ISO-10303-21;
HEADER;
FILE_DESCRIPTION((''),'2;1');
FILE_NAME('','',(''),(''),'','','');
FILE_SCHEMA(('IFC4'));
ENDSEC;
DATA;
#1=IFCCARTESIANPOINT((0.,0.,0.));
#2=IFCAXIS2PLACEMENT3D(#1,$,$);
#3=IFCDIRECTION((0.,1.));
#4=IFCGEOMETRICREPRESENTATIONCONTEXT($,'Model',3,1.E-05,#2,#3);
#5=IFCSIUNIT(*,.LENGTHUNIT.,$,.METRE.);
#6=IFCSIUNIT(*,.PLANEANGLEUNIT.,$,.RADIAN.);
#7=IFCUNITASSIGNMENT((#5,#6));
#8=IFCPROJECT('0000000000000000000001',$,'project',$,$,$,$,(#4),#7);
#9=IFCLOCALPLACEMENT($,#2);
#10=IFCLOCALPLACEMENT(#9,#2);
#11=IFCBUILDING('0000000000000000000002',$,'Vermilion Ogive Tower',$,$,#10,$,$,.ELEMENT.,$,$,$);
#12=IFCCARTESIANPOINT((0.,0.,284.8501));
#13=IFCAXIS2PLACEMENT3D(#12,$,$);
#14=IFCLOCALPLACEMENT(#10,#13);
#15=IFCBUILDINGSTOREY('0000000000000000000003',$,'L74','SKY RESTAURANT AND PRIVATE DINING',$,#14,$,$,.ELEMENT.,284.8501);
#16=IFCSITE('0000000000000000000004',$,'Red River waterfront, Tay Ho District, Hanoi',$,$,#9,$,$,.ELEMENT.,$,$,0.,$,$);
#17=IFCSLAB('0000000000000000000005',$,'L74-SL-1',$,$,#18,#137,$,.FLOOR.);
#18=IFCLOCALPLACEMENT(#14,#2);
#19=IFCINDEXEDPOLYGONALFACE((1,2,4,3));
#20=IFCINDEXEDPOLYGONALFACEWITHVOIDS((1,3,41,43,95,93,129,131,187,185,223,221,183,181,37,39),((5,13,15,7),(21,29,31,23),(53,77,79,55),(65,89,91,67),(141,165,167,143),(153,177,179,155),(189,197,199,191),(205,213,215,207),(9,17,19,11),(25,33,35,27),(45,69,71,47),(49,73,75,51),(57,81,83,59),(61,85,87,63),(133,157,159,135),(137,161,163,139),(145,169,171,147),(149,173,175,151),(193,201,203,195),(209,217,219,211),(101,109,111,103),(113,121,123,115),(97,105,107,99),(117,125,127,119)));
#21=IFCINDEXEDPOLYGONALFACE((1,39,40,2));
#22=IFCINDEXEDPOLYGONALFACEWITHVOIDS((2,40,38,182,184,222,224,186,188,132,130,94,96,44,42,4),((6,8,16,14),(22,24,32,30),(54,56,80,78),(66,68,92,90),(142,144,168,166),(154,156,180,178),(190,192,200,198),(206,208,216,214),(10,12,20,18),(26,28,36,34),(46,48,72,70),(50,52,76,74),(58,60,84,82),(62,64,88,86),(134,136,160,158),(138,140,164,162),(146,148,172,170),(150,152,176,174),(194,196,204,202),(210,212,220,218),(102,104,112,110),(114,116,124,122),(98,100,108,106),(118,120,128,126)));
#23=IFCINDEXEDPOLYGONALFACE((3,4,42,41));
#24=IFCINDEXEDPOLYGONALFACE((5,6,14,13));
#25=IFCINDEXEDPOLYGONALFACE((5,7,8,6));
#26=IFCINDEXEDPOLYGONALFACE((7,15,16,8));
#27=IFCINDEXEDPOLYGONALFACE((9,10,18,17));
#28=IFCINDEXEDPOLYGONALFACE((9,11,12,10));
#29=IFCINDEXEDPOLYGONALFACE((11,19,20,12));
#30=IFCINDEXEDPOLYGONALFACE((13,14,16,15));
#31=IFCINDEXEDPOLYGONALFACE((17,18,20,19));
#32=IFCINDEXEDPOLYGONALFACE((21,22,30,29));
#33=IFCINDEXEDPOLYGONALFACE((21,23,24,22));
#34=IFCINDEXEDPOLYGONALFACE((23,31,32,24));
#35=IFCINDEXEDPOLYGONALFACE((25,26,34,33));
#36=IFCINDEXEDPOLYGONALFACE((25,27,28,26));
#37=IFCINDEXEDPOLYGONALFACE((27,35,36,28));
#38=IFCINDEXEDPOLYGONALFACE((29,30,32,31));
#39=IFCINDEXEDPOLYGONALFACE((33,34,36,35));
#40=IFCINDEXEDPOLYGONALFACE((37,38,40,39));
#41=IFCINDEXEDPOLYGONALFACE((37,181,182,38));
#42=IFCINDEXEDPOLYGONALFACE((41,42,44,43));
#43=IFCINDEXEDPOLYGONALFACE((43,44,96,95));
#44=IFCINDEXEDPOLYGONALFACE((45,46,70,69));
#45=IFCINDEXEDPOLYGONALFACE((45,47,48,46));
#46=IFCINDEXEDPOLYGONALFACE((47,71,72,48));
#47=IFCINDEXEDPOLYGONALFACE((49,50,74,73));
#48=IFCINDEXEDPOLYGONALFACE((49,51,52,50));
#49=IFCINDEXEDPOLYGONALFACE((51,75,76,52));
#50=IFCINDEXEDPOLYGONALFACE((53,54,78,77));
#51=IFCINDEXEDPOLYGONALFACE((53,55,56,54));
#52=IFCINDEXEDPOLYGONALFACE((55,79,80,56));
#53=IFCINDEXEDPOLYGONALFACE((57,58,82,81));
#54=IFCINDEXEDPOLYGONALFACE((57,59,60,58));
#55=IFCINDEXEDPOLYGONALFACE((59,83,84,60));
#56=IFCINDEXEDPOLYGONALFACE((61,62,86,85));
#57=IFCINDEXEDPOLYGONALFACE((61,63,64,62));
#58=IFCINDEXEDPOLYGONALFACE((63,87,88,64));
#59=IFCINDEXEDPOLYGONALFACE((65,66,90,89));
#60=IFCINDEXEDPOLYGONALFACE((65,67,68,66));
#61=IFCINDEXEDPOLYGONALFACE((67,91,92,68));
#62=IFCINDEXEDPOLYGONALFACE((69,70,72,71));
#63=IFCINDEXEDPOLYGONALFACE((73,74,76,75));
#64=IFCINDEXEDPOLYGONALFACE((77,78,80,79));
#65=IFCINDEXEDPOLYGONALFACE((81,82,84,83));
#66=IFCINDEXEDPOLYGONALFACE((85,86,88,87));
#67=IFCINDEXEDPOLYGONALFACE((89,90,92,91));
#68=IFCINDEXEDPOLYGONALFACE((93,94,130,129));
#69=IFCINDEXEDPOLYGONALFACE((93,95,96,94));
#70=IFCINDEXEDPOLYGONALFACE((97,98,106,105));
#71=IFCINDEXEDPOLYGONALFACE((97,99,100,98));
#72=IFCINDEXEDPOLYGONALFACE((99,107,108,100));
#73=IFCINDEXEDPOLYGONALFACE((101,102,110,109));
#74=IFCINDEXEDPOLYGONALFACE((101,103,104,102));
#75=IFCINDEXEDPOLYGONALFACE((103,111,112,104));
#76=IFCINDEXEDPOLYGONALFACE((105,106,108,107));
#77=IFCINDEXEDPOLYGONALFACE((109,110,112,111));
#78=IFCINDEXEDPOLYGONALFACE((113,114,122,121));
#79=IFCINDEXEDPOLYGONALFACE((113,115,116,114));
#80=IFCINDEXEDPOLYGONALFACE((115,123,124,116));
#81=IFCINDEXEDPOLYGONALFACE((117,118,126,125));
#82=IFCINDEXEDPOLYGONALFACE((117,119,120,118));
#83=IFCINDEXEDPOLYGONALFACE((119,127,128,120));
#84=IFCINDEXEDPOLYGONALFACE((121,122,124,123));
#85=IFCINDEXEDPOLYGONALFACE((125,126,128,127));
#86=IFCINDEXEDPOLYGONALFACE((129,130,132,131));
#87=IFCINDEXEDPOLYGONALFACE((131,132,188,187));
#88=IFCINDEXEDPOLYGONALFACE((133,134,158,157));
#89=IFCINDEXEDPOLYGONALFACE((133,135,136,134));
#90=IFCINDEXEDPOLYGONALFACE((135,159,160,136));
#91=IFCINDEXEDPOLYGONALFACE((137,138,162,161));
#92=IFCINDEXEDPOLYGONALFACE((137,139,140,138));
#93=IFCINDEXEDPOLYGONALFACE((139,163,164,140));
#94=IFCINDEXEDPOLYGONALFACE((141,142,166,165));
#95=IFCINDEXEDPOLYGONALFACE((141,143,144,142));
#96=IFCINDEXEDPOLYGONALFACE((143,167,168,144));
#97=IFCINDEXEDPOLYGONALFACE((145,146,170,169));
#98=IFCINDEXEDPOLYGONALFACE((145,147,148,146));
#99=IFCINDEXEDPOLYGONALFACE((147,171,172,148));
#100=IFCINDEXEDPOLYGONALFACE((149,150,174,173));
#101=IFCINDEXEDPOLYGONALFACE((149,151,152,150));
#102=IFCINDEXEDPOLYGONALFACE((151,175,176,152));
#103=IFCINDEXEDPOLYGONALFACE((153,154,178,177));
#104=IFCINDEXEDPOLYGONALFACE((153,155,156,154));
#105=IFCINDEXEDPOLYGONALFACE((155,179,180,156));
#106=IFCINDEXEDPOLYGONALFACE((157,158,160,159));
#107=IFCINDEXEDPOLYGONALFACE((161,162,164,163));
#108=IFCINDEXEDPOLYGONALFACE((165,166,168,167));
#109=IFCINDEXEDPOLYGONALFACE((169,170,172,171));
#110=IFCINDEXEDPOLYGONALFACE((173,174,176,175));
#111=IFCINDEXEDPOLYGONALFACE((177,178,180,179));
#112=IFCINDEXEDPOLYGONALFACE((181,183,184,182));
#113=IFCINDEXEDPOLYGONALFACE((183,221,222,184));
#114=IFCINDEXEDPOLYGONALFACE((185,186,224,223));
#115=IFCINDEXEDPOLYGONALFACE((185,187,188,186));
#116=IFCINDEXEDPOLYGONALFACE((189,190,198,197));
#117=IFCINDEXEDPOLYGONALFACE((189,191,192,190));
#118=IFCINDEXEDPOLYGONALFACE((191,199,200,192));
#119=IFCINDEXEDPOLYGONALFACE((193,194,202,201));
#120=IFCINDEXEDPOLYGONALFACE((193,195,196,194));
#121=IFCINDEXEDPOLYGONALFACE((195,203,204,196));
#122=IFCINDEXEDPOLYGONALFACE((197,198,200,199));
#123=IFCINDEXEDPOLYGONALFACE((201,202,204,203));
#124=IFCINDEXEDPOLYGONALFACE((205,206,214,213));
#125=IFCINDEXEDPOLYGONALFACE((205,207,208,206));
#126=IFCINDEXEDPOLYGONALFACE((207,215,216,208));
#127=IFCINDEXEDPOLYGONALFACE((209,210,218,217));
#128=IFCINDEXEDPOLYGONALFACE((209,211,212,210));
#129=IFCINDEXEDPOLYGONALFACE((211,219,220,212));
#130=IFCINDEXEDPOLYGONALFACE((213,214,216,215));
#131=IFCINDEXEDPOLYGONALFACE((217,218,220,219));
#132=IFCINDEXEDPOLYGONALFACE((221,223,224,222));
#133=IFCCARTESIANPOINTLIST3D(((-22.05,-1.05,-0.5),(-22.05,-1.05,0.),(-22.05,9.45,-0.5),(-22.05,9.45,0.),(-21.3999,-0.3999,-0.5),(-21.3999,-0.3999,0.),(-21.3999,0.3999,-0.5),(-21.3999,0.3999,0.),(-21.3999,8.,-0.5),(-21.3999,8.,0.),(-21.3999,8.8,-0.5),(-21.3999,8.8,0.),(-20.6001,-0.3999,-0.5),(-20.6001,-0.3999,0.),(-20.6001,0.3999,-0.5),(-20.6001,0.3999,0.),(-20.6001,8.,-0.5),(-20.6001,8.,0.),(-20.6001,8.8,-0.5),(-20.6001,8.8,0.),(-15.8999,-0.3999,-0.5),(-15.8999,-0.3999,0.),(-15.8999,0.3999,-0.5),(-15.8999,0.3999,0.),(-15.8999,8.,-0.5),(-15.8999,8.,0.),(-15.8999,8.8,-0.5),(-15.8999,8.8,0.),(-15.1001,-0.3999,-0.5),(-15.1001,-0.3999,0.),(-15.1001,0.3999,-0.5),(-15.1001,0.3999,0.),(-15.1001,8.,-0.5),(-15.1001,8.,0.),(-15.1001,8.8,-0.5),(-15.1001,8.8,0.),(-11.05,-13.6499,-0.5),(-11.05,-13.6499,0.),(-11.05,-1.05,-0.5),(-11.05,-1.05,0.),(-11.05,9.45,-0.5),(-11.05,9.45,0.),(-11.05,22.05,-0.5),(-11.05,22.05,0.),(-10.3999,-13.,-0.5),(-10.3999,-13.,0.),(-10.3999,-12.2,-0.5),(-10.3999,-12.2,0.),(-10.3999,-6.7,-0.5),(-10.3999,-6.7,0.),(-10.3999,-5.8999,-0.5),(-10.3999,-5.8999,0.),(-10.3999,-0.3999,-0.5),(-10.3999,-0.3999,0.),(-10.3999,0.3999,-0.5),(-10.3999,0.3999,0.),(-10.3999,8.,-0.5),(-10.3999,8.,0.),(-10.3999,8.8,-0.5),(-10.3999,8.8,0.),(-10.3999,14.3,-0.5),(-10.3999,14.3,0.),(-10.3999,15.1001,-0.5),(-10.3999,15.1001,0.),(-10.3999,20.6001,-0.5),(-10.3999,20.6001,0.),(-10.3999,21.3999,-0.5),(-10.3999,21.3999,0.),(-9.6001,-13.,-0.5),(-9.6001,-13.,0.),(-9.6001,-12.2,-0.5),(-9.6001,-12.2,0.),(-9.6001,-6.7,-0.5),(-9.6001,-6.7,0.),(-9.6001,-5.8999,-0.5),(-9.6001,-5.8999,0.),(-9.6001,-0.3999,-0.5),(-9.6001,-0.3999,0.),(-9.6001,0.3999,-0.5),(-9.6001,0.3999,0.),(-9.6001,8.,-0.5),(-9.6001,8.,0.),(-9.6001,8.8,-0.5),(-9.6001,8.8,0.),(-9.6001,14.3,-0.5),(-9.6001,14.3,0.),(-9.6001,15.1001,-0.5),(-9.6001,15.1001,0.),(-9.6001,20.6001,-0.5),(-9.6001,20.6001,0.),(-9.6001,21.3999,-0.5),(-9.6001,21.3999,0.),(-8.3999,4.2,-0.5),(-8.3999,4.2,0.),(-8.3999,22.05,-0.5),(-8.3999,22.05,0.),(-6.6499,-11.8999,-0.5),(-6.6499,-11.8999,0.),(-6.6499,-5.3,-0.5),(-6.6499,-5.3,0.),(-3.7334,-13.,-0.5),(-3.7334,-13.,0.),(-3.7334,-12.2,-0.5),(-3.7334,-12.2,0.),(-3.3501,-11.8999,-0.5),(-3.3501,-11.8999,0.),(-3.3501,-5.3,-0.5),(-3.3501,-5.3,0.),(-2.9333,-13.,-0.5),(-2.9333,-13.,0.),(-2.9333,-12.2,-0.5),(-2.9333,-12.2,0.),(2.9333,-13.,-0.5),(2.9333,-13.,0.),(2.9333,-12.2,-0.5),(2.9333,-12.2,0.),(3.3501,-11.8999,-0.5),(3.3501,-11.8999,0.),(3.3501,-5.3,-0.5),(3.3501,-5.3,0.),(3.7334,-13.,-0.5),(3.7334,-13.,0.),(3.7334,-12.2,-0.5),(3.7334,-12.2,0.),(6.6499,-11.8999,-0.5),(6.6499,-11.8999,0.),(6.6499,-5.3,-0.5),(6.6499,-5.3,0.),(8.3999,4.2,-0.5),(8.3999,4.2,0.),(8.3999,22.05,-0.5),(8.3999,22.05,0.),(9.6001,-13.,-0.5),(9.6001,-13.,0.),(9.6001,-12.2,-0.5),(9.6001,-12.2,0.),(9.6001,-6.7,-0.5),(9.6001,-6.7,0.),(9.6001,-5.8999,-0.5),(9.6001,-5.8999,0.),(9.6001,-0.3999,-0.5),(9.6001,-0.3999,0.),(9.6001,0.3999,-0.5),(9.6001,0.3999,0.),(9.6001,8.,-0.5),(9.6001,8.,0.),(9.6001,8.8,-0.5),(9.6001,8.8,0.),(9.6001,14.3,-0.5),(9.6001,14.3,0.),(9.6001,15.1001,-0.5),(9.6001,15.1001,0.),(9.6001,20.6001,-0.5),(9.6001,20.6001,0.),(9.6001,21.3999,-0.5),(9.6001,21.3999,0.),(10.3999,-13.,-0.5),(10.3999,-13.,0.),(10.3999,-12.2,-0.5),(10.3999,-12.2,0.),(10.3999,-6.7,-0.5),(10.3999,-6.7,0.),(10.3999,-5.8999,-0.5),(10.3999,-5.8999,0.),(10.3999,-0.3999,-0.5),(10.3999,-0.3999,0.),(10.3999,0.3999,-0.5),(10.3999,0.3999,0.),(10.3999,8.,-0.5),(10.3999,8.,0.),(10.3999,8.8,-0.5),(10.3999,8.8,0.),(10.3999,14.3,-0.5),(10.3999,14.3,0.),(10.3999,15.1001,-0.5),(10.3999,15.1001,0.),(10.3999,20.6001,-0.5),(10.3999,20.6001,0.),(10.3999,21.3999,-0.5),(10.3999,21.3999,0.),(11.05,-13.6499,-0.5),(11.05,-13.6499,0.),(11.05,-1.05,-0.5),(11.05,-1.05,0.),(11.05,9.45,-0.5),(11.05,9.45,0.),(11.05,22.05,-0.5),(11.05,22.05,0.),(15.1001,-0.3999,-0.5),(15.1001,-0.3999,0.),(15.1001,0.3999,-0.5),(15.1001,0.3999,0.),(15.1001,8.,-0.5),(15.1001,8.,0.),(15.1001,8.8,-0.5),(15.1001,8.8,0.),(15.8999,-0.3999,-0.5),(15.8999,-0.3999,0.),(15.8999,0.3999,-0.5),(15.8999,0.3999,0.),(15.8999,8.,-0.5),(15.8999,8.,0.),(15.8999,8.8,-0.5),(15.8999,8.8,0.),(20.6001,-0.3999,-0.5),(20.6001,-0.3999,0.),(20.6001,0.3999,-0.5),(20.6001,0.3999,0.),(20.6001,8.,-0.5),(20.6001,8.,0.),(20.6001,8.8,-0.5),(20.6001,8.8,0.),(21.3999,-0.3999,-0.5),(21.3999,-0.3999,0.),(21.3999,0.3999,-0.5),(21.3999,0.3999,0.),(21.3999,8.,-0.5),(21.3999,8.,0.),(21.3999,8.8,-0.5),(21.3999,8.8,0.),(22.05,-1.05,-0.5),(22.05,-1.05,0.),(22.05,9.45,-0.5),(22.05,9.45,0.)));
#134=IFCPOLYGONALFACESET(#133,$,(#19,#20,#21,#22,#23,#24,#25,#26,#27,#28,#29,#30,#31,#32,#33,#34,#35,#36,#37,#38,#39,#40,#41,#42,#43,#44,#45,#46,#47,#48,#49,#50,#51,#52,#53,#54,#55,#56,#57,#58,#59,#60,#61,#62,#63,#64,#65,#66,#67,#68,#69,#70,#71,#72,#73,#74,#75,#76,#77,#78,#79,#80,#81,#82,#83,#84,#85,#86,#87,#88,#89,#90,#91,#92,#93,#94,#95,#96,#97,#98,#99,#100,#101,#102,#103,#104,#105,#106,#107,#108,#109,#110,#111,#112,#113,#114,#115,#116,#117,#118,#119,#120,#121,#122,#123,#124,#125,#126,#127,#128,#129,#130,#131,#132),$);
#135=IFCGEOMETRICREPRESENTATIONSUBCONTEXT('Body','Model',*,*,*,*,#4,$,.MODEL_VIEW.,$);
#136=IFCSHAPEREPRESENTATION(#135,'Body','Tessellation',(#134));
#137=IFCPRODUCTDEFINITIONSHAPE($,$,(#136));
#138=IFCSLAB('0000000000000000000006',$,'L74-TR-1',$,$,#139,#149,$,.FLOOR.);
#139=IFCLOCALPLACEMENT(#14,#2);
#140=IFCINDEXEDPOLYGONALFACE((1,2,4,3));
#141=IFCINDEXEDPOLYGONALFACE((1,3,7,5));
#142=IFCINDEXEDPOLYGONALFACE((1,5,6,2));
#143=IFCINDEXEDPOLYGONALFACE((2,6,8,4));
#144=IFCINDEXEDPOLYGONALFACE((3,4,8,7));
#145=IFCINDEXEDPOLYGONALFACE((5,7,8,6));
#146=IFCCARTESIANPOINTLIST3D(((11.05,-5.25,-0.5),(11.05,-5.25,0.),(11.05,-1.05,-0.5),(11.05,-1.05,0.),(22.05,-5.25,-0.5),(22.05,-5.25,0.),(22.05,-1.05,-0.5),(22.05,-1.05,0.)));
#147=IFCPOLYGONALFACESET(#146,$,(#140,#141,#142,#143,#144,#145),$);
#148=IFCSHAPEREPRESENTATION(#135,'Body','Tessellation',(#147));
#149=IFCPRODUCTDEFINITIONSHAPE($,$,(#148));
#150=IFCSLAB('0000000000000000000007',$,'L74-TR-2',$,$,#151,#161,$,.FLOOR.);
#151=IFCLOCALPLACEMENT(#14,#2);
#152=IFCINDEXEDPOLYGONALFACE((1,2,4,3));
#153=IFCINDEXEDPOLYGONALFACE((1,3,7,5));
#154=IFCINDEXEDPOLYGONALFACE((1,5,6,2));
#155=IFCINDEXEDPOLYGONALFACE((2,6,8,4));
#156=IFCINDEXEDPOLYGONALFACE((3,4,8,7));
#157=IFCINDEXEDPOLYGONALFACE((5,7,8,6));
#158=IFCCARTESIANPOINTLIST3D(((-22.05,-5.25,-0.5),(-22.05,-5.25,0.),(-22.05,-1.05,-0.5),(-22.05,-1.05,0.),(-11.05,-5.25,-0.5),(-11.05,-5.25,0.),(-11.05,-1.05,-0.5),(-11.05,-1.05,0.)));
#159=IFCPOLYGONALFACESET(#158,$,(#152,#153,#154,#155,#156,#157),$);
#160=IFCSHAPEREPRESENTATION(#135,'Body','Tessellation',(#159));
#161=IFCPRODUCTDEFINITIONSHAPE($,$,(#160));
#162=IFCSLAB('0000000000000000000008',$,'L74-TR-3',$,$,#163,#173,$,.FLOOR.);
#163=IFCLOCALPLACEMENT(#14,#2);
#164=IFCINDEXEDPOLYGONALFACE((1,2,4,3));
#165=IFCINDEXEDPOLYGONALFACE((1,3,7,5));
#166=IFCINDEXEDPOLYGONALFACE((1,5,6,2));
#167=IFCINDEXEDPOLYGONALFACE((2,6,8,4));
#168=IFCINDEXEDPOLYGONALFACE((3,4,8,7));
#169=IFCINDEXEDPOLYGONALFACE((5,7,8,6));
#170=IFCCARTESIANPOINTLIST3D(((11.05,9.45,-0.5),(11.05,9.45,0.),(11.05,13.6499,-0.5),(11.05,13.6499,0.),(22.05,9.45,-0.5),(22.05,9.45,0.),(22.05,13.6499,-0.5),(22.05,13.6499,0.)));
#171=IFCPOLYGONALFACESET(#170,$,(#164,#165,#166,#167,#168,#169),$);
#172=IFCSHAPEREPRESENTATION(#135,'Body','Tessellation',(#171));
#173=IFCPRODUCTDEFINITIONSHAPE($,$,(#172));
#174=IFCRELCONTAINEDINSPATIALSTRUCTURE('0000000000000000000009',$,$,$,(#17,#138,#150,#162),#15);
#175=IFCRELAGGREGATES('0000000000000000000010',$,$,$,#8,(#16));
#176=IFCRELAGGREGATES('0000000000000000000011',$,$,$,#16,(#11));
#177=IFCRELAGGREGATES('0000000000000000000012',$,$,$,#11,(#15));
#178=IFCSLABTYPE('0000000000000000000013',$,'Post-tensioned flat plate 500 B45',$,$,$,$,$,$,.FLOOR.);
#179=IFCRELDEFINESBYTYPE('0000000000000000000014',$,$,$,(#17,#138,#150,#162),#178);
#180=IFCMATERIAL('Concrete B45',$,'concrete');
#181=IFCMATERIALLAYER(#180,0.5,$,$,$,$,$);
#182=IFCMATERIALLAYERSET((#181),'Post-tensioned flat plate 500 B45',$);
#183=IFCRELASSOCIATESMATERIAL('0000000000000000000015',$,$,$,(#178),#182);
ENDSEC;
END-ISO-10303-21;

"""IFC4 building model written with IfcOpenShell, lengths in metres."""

from ifc_helpers import new_model, si_unit, direction, frame, origin, place, context, subcontext, project, spatial, polyline, outline, extrude, material, layer, layer_set, type_object, element, save


model = new_model("IFC4")

# Units and contexts
model_context = context("Model", 3, precision=1e-05, world=origin(), true_north=direction((0.0, 1.0)))
body_context = subcontext(model_context, "Body", "Model", "MODEL_VIEW")
ifc_project = project(units=[si_unit("LENGTHUNIT", "METRE"), si_unit("PLANEANGLEUNIT", "RADIAN")], contexts=[model_context])

# Site, building, storey
site_placement = place(None, origin())
site = spatial("IfcSite", under=ifc_project, at=site_placement, Name="Red River waterfront, Tay Ho District, Hanoi", CompositionType="ELEMENT", RefElevation=0.0)
building_placement = place(site_placement, origin())
building = spatial("IfcBuilding", under=site, at=building_placement, Name="Vermilion Ogive Tower", CompositionType="ELEMENT")
storey_placement = place(building_placement, frame((0.0, 0.0, 284.8501)))
storey = spatial("IfcBuildingStorey", under=building, at=storey_placement, Name="L74", Description="SKY RESTAURANT AND PRIVATE DINING", CompositionType="ELEMENT", Elevation=284.8501)

# Slabs
ifc_material_1 = material(Name="Concrete B45", Category="concrete")
ifc_layer_1 = layer(ifc_material_1, 0.5)
ifc_layer_set_1 = layer_set([ifc_layer_1], Name="Post-tensioned flat plate 500 B45")
slab_type = type_object("IfcSlabType", Name="Post-tensioned flat plate 500 B45", PredefinedType="FLOOR", material=ifc_layer_set_1)
slab_1_placement = place(storey_placement, frame((0.0, 0.0, -0.5)))
element("IfcSlab", 1, at=slab_1_placement, inside=storey, type_object=slab_type, Name="L74-SL-1", PredefinedType="FLOOR", context=body_context, shape_type="SweptSolid", body=[
    extrude(outline(polyline([(-11.05, -1.05), (-22.05, -1.05), (-22.05, 9.45), (-11.05, 9.45), (-11.05, 22.05), (-8.3999, 22.05), (-8.3999, 4.2), (8.3999, 4.2), (8.3999, 22.05), (11.05, 22.05), (11.05, 9.45), (22.05, 9.45), (22.05, -1.05), (11.05, -1.05), (11.05, -13.6499), (-11.05, -13.6499), (-11.05, -1.05)]), holes=[polyline([(21.3999, 8.0), (21.3999, 8.8), (20.6001, 8.8), (20.6001, 8.0), (21.3999, 8.0)]), polyline([(21.3999, -0.3999), (21.3999, 0.3999), (20.6001, 0.3999), (20.6001, -0.3999), (21.3999, -0.3999)]), polyline([(15.8999, 8.0), (15.8999, 8.8), (15.1001, 8.8), (15.1001, 8.0), (15.8999, 8.0)]), polyline([(15.8999, -0.3999), (15.8999, 0.3999), (15.1001, 0.3999), (15.1001, -0.3999), (15.8999, -0.3999)]), polyline([(10.3999, 20.6001), (10.3999, 21.3999), (9.6001, 21.3999), (9.6001, 20.6001), (10.3999, 20.6001)]), polyline([(10.3999, 14.3), (10.3999, 15.1001), (9.6001, 15.1001), (9.6001, 14.3), (10.3999, 14.3)]), polyline([(10.3999, 8.0), (10.3999, 8.8), (9.6001, 8.8), (9.6001, 8.0), (10.3999, 8.0)]), polyline([(10.3999, -0.3999), (10.3999, 0.3999), (9.6001, 0.3999), (9.6001, -0.3999), (10.3999, -0.3999)]), polyline([(10.3999, -6.7), (10.3999, -5.8999), (9.6001, -5.8999), (9.6001, -6.7), (10.3999, -6.7)]), polyline([(10.3999, -13.0), (10.3999, -12.2), (9.6001, -12.2), (9.6001, -13.0), (10.3999, -13.0)]), polyline([(6.6499, -11.8999), (6.6499, -5.3), (3.3501, -5.3), (3.3501, -11.8999), (6.6499, -11.8999)]), polyline([(3.7334, -13.0), (3.7334, -12.2), (2.9333, -12.2), (2.9333, -13.0), (3.7334, -13.0)]), polyline([(-2.9333, -13.0), (-2.9333, -12.2), (-3.7334, -12.2), (-3.7334, -13.0), (-2.9333, -13.0)]), polyline([(-3.3501, -11.8999), (-3.3501, -5.3), (-6.6499, -5.3), (-6.6499, -11.8999), (-3.3501, -11.8999)]), polyline([(-9.6001, 20.6001), (-9.6001, 21.3999), (-10.3999, 21.3999), (-10.3999, 20.6001), (-9.6001, 20.6001)]), polyline([(-9.6001, 14.3), (-9.6001, 15.1001), (-10.3999, 15.1001), (-10.3999, 14.3), (-9.6001, 14.3)]), polyline([(-9.6001, 8.0), (-9.6001, 8.8), (-10.3999, 8.8), (-10.3999, 8.0), (-9.6001, 8.0)]), polyline([(-9.6001, -0.3999), (-9.6001, 0.3999), (-10.3999, 0.3999), (-10.3999, -0.3999), (-9.6001, -0.3999)]), polyline([(-9.6001, -6.7), (-9.6001, -5.8999), (-10.3999, -5.8999), (-10.3999, -6.7), (-9.6001, -6.7)]), polyline([(-9.6001, -12.2), (-10.3999, -12.2), (-10.3999, -13.0), (-9.6001, -13.0), (-9.6001, -12.2)]), polyline([(-15.1001, 8.0), (-15.1001, 8.8), (-15.8999, 8.8), (-15.8999, 8.0), (-15.1001, 8.0)]), polyline([(-15.1001, -0.3999), (-15.1001, 0.3999), (-15.8999, 0.3999), (-15.8999, -0.3999), (-15.1001, -0.3999)]), polyline([(-20.6001, -0.3999), (-20.6001, 0.3999), (-21.3999, 0.3999), (-21.3999, -0.3999), (-20.6001, -0.3999)]), polyline([(-20.6001, 8.8), (-21.3999, 8.8), (-21.3999, 8.0), (-20.6001, 8.0), (-20.6001, 8.8)])]), origin(), (0.0, 0.0, 1.0), 0.5),
])
slab_2_placement = place(storey_placement, frame((0.0, 0.0, -0.5)))
element("IfcSlab", 2, at=slab_2_placement, inside=storey, type_object=slab_type, Name="L74-TR-1", PredefinedType="FLOOR", context=body_context, shape_type="SweptSolid", body=[
    extrude(outline(polyline([(11.05, -5.25), (11.05, -1.05), (22.05, -1.05), (22.05, -5.25), (11.05, -5.25)])), origin(), (0.0, 0.0, 1.0), 0.5),
])
slab_3_placement = place(storey_placement, frame((0.0, 0.0, -0.5)))
element("IfcSlab", 3, at=slab_3_placement, inside=storey, type_object=slab_type, Name="L74-TR-2", PredefinedType="FLOOR", context=body_context, shape_type="SweptSolid", body=[
    extrude(outline(polyline([(-22.05, -1.05), (-11.05, -1.05), (-11.05, -5.25), (-22.05, -5.25), (-22.05, -1.05)])), origin(), (0.0, 0.0, 1.0), 0.5),
])
slab_4_placement = place(storey_placement, frame((0.0, 0.0, -0.5)))
element("IfcSlab", 4, at=slab_4_placement, inside=storey, type_object=slab_type, Name="L74-TR-3", PredefinedType="FLOOR", context=body_context, shape_type="SweptSolid", body=[
    extrude(outline(polyline([(22.05, 9.45), (11.05, 9.45), (11.05, 13.6499), (22.05, 13.6499), (22.05, 9.45)])), origin(), (0.0, 0.0, 1.0), 0.5),
])

save(model, "model.ifc")
